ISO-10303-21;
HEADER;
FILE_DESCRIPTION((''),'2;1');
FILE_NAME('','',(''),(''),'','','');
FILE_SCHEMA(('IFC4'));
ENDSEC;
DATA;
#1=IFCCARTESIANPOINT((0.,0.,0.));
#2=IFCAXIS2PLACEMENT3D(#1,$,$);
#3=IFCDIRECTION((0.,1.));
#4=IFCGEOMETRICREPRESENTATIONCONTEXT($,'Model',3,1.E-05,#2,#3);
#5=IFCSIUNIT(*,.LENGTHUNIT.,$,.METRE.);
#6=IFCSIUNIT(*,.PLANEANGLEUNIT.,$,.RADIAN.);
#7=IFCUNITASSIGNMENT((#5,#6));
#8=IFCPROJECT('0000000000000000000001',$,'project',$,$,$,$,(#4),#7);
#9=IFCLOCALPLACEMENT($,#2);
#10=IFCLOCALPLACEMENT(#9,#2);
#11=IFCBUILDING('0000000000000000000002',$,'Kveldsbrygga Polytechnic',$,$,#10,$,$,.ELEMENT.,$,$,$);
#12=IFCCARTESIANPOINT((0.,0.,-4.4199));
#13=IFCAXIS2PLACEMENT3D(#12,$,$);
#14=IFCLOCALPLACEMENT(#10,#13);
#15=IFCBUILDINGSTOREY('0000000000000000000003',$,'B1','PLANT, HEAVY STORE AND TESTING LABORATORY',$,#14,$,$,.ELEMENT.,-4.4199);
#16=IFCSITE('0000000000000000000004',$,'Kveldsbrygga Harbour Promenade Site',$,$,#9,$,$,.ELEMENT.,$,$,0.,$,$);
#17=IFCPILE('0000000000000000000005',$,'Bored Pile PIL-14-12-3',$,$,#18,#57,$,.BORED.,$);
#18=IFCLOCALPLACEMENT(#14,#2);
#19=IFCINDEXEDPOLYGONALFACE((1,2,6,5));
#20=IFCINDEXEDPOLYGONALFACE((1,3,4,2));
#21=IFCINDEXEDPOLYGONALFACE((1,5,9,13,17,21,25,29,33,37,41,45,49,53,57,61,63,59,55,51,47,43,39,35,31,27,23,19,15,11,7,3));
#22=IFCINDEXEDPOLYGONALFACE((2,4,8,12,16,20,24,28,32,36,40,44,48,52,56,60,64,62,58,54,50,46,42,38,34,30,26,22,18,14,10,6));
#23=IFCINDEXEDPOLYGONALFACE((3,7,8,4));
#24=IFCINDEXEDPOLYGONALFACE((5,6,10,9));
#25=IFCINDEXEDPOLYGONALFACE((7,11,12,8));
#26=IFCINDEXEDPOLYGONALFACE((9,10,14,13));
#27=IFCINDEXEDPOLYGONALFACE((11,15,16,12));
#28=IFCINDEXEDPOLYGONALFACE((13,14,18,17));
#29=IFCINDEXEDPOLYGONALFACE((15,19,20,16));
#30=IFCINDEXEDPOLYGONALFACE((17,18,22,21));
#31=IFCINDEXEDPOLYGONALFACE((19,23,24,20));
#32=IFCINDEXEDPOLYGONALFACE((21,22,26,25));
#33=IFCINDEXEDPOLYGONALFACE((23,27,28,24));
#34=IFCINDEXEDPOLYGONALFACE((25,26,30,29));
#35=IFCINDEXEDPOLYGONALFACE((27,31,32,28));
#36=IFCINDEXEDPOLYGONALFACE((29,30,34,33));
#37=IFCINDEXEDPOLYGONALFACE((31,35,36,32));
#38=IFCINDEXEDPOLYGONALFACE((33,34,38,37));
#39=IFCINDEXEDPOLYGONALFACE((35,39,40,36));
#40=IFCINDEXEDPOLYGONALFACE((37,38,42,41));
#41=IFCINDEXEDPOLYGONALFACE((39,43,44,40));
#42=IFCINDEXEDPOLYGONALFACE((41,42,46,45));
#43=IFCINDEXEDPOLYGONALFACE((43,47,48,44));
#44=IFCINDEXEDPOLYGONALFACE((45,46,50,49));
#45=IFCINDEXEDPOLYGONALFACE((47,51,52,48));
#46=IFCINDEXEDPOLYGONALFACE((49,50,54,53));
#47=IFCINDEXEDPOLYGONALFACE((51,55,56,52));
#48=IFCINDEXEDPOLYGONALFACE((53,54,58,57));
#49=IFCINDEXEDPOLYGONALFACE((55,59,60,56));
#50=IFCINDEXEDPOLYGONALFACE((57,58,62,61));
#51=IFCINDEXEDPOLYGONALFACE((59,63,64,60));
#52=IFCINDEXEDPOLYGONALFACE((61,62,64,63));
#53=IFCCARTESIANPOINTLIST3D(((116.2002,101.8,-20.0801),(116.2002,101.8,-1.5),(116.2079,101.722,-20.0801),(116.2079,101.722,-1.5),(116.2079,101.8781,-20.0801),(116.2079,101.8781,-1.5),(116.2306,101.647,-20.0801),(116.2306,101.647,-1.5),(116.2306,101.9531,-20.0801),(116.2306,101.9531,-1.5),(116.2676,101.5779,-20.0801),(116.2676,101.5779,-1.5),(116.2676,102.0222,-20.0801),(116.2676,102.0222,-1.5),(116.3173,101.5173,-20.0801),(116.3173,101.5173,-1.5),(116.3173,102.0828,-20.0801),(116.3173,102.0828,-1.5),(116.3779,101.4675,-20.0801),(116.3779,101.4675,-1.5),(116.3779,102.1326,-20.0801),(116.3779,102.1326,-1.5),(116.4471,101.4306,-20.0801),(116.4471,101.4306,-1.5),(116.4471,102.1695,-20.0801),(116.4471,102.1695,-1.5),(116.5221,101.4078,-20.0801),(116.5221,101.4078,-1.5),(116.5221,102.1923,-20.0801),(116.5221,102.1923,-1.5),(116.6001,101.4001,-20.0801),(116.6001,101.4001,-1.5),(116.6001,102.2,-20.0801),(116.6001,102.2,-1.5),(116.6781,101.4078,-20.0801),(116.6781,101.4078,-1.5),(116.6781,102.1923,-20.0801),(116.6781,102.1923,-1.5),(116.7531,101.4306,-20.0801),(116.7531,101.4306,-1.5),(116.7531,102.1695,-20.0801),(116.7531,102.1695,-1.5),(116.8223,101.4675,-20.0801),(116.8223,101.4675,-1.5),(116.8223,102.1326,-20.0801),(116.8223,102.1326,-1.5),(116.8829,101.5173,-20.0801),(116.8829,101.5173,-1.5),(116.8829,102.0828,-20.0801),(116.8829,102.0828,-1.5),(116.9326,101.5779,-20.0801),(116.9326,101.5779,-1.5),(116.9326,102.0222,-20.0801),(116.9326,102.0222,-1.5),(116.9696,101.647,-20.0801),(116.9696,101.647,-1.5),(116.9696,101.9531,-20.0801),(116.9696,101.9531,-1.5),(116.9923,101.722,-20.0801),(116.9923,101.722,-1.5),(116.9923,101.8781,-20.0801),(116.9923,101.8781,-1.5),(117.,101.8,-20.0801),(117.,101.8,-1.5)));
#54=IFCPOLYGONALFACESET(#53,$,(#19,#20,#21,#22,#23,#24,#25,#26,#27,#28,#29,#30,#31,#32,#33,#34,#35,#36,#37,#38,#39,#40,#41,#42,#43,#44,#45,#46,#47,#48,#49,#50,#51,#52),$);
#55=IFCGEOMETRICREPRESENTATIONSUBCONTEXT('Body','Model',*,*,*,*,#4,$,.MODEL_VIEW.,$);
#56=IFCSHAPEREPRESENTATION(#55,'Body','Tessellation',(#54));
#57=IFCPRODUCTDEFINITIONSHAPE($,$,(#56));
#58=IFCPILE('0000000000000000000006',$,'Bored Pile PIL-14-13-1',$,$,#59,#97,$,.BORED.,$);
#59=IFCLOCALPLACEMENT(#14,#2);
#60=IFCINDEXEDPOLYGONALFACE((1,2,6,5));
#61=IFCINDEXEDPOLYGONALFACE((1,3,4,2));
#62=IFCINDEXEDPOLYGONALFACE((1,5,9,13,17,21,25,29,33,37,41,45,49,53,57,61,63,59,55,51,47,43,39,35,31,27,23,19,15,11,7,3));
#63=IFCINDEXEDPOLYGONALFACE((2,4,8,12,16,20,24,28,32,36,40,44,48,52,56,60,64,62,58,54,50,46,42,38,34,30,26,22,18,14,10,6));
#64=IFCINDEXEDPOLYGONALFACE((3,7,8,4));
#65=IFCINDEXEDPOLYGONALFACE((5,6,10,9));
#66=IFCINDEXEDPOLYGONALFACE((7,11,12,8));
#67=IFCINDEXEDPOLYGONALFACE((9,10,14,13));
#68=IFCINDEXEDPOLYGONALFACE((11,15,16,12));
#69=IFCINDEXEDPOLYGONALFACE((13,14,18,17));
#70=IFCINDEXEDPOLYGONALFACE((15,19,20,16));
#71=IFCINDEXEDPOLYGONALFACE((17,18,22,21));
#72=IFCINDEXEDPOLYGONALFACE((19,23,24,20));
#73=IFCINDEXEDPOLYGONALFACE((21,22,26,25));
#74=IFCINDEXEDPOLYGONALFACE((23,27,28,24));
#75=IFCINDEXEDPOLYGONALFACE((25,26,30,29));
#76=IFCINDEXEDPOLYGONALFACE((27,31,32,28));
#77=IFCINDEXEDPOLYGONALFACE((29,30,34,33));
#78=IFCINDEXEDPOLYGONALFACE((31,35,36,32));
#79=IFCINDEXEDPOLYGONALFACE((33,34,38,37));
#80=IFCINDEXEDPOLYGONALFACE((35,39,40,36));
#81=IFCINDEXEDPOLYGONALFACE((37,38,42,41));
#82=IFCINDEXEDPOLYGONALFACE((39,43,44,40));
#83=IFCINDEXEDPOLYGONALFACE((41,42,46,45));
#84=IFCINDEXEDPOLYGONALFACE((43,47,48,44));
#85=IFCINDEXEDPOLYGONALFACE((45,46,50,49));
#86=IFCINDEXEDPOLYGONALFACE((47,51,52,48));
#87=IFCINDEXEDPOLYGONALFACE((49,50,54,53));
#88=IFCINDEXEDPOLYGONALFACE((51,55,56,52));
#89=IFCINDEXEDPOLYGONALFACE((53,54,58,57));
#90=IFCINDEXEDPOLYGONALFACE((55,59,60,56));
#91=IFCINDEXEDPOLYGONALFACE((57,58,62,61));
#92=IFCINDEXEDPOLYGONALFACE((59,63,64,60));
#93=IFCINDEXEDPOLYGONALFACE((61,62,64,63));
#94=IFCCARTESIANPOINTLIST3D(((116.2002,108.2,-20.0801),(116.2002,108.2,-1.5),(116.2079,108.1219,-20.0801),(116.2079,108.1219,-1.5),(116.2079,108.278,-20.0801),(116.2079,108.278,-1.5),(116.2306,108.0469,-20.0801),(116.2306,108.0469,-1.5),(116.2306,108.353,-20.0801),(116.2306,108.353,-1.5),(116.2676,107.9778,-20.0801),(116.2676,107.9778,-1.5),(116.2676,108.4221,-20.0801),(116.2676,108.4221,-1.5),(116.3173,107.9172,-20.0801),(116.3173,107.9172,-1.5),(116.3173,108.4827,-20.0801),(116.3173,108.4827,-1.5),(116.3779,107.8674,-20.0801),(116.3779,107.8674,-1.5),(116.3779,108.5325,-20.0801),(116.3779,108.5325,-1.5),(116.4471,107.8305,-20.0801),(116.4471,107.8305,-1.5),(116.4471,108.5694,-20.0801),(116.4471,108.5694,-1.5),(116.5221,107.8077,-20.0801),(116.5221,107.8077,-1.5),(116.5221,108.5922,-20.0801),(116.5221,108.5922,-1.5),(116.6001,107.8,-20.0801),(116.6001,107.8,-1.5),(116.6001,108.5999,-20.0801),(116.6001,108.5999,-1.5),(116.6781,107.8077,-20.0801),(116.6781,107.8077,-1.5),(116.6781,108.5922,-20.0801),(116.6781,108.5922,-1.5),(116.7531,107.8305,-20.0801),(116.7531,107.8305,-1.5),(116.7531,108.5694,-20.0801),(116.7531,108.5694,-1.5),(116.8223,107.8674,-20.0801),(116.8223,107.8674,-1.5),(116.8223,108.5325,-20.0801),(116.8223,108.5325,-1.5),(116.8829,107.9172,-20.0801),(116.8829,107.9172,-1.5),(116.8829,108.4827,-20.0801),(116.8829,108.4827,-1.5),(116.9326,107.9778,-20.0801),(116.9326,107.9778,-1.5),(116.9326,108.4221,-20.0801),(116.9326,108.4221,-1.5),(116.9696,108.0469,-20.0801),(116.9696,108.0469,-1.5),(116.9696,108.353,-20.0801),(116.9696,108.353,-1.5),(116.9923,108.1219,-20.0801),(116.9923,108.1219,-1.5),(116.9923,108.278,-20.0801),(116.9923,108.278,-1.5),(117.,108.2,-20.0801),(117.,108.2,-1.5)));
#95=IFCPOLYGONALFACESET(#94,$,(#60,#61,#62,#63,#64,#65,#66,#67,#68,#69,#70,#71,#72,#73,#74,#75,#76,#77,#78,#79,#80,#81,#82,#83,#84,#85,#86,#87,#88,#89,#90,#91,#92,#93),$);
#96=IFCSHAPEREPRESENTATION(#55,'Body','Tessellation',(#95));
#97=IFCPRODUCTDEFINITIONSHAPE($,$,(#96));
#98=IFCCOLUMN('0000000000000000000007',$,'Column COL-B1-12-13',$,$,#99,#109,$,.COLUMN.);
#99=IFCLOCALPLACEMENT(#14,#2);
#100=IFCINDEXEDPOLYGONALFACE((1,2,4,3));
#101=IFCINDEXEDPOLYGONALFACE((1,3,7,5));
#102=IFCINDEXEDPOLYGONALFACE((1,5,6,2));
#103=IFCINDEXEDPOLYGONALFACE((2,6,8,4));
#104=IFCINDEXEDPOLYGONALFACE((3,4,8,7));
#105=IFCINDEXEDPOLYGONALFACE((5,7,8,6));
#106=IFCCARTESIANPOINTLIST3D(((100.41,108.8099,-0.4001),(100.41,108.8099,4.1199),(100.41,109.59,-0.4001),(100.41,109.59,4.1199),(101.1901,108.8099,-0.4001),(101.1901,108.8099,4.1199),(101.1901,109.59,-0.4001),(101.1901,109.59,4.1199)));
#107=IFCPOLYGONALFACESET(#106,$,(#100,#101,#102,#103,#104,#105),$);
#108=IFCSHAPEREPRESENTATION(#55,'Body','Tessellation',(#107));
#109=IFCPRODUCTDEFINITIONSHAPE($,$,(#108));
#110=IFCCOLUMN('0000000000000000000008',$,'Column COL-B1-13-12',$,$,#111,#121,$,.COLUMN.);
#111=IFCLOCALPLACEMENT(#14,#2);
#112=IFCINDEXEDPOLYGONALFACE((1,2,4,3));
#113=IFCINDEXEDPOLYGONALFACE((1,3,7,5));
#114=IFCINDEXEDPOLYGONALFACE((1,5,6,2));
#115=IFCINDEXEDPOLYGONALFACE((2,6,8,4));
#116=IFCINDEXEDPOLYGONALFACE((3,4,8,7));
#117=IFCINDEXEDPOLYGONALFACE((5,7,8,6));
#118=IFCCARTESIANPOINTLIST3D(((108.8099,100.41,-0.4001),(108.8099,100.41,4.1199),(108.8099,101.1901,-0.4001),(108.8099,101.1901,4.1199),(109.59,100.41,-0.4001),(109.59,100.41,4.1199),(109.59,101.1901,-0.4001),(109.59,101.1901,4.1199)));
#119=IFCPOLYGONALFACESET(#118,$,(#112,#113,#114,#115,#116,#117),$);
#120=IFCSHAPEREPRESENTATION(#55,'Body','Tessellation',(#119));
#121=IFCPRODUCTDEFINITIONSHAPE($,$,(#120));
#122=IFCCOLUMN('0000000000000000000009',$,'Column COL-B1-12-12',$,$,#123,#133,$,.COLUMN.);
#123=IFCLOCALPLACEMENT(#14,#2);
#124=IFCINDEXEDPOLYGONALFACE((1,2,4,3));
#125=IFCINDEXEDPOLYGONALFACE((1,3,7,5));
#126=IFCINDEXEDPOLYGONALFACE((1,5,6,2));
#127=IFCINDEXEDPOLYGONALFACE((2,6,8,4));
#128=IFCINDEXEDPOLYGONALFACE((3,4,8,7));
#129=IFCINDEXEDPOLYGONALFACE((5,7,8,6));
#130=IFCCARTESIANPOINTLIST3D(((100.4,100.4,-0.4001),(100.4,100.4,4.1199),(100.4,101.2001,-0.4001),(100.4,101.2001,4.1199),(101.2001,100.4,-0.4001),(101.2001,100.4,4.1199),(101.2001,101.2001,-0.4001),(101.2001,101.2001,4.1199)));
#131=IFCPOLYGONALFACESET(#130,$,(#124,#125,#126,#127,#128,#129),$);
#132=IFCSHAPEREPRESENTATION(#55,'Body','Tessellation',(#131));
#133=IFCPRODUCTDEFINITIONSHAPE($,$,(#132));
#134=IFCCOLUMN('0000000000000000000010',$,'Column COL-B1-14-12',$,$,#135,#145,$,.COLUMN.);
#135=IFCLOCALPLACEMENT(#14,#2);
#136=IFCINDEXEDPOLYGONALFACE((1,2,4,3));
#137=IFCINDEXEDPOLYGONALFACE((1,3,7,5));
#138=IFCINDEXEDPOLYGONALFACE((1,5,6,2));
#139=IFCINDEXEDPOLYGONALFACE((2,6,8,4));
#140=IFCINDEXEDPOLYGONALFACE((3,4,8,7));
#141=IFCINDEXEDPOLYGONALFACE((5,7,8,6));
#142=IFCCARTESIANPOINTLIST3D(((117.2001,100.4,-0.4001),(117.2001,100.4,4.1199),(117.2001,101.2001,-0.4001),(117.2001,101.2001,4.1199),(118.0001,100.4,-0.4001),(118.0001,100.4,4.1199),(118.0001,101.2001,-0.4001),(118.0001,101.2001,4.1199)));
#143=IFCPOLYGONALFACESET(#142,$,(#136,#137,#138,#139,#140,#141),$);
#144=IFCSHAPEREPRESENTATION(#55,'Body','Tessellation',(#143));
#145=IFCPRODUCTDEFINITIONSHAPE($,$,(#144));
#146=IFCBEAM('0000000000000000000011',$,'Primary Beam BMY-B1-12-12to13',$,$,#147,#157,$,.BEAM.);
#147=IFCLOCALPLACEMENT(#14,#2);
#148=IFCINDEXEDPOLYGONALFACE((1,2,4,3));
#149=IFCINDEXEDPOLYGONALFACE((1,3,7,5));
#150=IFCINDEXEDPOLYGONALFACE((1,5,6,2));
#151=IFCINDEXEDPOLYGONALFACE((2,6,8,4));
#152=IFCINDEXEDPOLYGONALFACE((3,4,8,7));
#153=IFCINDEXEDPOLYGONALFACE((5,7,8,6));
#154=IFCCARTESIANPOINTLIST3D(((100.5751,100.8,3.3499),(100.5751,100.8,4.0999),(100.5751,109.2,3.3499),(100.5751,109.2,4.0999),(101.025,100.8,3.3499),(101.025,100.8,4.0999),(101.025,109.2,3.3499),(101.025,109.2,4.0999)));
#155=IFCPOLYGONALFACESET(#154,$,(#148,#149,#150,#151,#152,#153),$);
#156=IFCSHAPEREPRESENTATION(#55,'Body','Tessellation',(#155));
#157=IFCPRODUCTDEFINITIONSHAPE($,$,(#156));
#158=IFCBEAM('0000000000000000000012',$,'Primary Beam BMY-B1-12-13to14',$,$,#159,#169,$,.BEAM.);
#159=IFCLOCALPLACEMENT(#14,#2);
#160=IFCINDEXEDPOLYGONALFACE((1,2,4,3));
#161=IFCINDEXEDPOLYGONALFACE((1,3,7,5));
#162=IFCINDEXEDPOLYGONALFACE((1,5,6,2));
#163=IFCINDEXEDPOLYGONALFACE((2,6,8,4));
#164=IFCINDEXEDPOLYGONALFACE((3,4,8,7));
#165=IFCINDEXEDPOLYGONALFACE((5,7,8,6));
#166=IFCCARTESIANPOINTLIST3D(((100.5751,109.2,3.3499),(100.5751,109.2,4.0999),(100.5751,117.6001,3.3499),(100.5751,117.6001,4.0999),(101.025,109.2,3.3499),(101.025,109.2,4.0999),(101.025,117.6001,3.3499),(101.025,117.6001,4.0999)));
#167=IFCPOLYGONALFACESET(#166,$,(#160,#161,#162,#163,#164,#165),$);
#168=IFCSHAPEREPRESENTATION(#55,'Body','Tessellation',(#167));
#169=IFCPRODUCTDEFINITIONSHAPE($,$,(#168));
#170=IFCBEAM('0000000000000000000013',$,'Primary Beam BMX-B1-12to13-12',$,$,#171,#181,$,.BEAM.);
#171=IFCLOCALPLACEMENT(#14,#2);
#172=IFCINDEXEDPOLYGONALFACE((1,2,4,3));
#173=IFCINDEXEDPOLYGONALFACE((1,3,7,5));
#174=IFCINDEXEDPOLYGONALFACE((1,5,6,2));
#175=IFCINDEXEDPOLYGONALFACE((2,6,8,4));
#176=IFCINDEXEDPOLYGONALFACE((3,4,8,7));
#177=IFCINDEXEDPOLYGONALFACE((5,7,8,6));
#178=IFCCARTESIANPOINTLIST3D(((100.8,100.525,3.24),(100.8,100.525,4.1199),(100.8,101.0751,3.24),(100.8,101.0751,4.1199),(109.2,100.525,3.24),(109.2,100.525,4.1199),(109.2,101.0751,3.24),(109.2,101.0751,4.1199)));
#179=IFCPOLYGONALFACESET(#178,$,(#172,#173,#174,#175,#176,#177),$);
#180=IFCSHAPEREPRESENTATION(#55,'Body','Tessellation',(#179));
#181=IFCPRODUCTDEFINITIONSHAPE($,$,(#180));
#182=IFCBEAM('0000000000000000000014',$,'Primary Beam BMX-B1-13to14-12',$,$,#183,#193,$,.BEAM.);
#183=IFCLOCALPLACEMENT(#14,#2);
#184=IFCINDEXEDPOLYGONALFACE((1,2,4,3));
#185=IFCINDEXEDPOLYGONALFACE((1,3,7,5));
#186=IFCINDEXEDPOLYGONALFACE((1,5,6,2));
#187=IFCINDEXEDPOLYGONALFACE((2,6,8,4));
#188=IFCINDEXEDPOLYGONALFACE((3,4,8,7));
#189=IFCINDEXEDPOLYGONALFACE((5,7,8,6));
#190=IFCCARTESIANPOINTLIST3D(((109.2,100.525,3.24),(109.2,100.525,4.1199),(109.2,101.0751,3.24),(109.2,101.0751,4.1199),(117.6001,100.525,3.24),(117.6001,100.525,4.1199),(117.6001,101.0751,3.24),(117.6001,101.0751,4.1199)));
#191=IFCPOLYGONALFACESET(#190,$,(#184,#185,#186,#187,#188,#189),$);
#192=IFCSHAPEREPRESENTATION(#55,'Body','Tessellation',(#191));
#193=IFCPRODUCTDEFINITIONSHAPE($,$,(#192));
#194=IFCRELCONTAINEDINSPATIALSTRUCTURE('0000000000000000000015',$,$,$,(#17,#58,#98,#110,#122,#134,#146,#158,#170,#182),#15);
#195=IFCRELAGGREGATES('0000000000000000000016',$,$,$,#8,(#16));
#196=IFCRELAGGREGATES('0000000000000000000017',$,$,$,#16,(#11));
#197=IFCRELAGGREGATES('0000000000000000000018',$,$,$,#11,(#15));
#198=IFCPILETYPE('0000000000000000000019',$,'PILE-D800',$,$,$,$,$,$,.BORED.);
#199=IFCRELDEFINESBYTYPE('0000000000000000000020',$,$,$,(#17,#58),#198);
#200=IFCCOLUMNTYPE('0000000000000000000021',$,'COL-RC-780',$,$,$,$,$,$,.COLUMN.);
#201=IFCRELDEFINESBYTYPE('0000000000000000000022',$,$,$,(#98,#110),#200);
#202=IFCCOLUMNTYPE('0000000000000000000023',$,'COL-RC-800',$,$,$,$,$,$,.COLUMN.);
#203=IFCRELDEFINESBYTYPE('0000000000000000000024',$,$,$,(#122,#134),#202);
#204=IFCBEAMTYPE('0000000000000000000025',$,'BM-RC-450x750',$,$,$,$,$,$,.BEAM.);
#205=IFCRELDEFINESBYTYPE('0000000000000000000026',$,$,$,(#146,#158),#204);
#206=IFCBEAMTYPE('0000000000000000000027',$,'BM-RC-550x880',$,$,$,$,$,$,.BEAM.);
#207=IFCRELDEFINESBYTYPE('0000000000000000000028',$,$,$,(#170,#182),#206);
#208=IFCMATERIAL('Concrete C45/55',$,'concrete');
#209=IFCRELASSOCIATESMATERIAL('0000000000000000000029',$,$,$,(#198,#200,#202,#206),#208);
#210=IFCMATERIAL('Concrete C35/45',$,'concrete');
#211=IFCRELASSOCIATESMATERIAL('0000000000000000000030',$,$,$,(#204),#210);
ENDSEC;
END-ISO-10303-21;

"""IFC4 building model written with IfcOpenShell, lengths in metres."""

from ifc_helpers import new_model, si_unit, direction, frame, origin, origin_2d, place, context, subcontext, project, spatial, rectangle, circle, extrude, material, material_profile, profile_set, type_object, element, save


model = new_model("IFC4")

# Units and contexts
model_context = context("Model", 3, precision=1e-05, world=origin(), true_north=direction((0.0, 1.0)))
body_context = subcontext(model_context, "Body", "Model", "MODEL_VIEW")
ifc_project = project(units=[si_unit("LENGTHUNIT", "METRE"), si_unit("PLANEANGLEUNIT", "RADIAN")], contexts=[model_context])

# Site, building, storey
site_placement = place(None, origin())
site = spatial("IfcSite", under=ifc_project, at=site_placement, Name="Kveldsbrygga Harbour Promenade Site", CompositionType="ELEMENT", RefElevation=0.0)
building_placement = place(site_placement, origin())
building = spatial("IfcBuilding", under=site, at=building_placement, Name="Kveldsbrygga Polytechnic", CompositionType="ELEMENT")
storey_placement = place(building_placement, frame((0.0, 0.0, -4.4199)))
storey = spatial("IfcBuildingStorey", under=building, at=storey_placement, Name="B1", Description="PLANT, HEAVY STORE AND TESTING LABORATORY", CompositionType="ELEMENT", Elevation=-4.4199)

# Shared definitions
ifc_material_1 = material(Name="Concrete C45/55", Category="concrete")

# Piles
ifc_material_profile_1 = material_profile(ifc_material_1, circle(Radius=0.3999, at=origin_2d()), Name="PILE D800")
ifc_profile_set_1 = profile_set([ifc_material_profile_1], Name="Concrete C45/55")
pile_type = type_object("IfcPileType", Name="PILE-D800", PredefinedType="BORED", material=ifc_profile_set_1)
for number, where, z_axis, x_axis, name in (
    (1, (116.6001, 101.8, -1.5), (0.0, 0.0, -1.0), (1.0, 0.0, 0.0), "Bored Pile PIL-14-12-3"),
    (2, (116.6001, 108.2, -1.5), (0.0, 0.0, -1.0), (1.0, 0.0, 0.0), "Bored Pile PIL-14-13-1"),
):
    element("IfcPile", number, at=place(storey_placement, frame(where, z_axis=z_axis, x_axis=x_axis)), inside=storey, type_object=pile_type, Name=name, PredefinedType="BORED", context=body_context, shape_type="SweptSolid", body=[
        extrude(circle(Radius=0.3999, at=origin_2d()), origin(), (0.0, 0.0, 1.0), 18.5801),
    ])

# Columns
ifc_material_profile_2 = material_profile(ifc_material_1, rectangle(XDim=0.78, YDim=0.78, at=origin_2d()), Name="RC 780x780")
ifc_profile_set_2 = profile_set([ifc_material_profile_2], Name="Concrete C45/55")
column_type_1 = type_object("IfcColumnType", Name="COL-RC-780", PredefinedType="COLUMN", material=ifc_profile_set_2)
for number, where, z_axis, x_axis, name in (
    (3, (100.8, 109.2, -0.4001), (0.0, 0.0, 1.0), (1.0, 0.0, 0.0), "Column COL-B1-12-13"),
    (4, (109.2, 100.8, -0.4001), (0.0, 0.0, 1.0), (1.0, 0.0, 0.0), "Column COL-B1-13-12"),
):
    element("IfcColumn", number, at=place(storey_placement, frame(where, z_axis=z_axis, x_axis=x_axis)), inside=storey, type_object=column_type_1, Name=name, PredefinedType="COLUMN", context=body_context, shape_type="SweptSolid", body=[
        extrude(rectangle(XDim=0.78, YDim=0.78, at=origin_2d()), origin(), (0.0, 0.0, 1.0), 4.52),
    ])
ifc_material_profile_3 = material_profile(ifc_material_1, rectangle(XDim=0.8, YDim=0.8, at=origin_2d()), Name="RC 800x800")
ifc_profile_set_3 = profile_set([ifc_material_profile_3], Name="Concrete C45/55")
column_type_2 = type_object("IfcColumnType", Name="COL-RC-800", PredefinedType="COLUMN", material=ifc_profile_set_3)
for number, where, z_axis, x_axis, name in (
    (5, (100.8, 100.8, -0.4001), (0.0, 0.0, 1.0), (1.0, 0.0, 0.0), "Column COL-B1-12-12"),
    (6, (117.6001, 100.8, -0.4001), (0.0, 0.0, 1.0), (1.0, 0.0, 0.0), "Column COL-B1-14-12"),
):
    element("IfcColumn", number, at=place(storey_placement, frame(where, z_axis=z_axis, x_axis=x_axis)), inside=storey, type_object=column_type_2, Name=name, PredefinedType="COLUMN", context=body_context, shape_type="SweptSolid", body=[
        extrude(rectangle(XDim=0.8, YDim=0.8, at=origin_2d()), origin(), (0.0, 0.0, 1.0), 4.52),
    ])

# Beams
ifc_material_2 = material(Name="Concrete C35/45", Category="concrete")
ifc_material_profile_4 = material_profile(ifc_material_2, rectangle(XDim=0.45, YDim=0.75, at=origin_2d()), Name="RC 450x750")
ifc_profile_set_4 = profile_set([ifc_material_profile_4], Name="Concrete C35/45")
beam_type_1 = type_object("IfcBeamType", Name="BM-RC-450x750", PredefinedType="BEAM", material=ifc_profile_set_4)
beam_1_placement = place(storey_placement, frame((100.8, 100.8, 3.7249), z_axis=(0.0, 1.0, 0.0), x_axis=(-1.0, 0.0, 0.0)))
element("IfcBeam", 7, at=beam_1_placement, inside=storey, type_object=beam_type_1, Name="Primary Beam BMY-B1-12-12to13", PredefinedType="BEAM", context=body_context, shape_type="SweptSolid", body=[
    extrude(rectangle(XDim=0.45, YDim=0.75, at=origin_2d()), origin(), (0.0, 0.0, 1.0), 8.3999),
])
beam_2_placement = place(storey_placement, frame((100.8, 109.2, 3.7249), z_axis=(0.0, 1.0, 0.0), x_axis=(-1.0, 0.0, 0.0)))
element("IfcBeam", 8, at=beam_2_placement, inside=storey, type_object=beam_type_1, Name="Primary Beam BMY-B1-12-13to14", PredefinedType="BEAM", context=body_context, shape_type="SweptSolid", body=[
    extrude(rectangle(XDim=0.45, YDim=0.75, at=origin_2d()), origin(), (0.0, 0.0, 1.0), 8.4001),
])
ifc_material_profile_5 = material_profile(ifc_material_1, rectangle(XDim=0.55, YDim=0.8799, at=origin_2d()), Name="RC 550x880")
ifc_profile_set_5 = profile_set([ifc_material_profile_5], Name="Concrete C45/55")
beam_type_2 = type_object("IfcBeamType", Name="BM-RC-550x880", PredefinedType="BEAM", material=ifc_profile_set_5)
beam_3_placement = place(storey_placement, frame((100.8, 100.8, 3.6799), z_axis=(1.0, 0.0, 0.0), x_axis=(0.0, 1.0, 0.0)))
element("IfcBeam", 9, at=beam_3_placement, inside=storey, type_object=beam_type_2, Name="Primary Beam BMX-B1-12to13-12", PredefinedType="BEAM", context=body_context, shape_type="SweptSolid", body=[
    extrude(rectangle(XDim=0.55, YDim=0.8799, at=origin_2d()), origin(), (0.0, 0.0, 1.0), 8.3999),
])
beam_4_placement = place(storey_placement, frame((109.2, 100.8, 3.6799), z_axis=(1.0, 0.0, 0.0), x_axis=(0.0, 1.0, 0.0)))
element("IfcBeam", 10, at=beam_4_placement, inside=storey, type_object=beam_type_2, Name="Primary Beam BMX-B1-13to14-12", PredefinedType="BEAM", context=body_context, shape_type="SweptSolid", body=[
    extrude(rectangle(XDim=0.55, YDim=0.8799, at=origin_2d()), origin(), (0.0, 0.0, 1.0), 8.4001),
])

save(model, "model.ifc")
